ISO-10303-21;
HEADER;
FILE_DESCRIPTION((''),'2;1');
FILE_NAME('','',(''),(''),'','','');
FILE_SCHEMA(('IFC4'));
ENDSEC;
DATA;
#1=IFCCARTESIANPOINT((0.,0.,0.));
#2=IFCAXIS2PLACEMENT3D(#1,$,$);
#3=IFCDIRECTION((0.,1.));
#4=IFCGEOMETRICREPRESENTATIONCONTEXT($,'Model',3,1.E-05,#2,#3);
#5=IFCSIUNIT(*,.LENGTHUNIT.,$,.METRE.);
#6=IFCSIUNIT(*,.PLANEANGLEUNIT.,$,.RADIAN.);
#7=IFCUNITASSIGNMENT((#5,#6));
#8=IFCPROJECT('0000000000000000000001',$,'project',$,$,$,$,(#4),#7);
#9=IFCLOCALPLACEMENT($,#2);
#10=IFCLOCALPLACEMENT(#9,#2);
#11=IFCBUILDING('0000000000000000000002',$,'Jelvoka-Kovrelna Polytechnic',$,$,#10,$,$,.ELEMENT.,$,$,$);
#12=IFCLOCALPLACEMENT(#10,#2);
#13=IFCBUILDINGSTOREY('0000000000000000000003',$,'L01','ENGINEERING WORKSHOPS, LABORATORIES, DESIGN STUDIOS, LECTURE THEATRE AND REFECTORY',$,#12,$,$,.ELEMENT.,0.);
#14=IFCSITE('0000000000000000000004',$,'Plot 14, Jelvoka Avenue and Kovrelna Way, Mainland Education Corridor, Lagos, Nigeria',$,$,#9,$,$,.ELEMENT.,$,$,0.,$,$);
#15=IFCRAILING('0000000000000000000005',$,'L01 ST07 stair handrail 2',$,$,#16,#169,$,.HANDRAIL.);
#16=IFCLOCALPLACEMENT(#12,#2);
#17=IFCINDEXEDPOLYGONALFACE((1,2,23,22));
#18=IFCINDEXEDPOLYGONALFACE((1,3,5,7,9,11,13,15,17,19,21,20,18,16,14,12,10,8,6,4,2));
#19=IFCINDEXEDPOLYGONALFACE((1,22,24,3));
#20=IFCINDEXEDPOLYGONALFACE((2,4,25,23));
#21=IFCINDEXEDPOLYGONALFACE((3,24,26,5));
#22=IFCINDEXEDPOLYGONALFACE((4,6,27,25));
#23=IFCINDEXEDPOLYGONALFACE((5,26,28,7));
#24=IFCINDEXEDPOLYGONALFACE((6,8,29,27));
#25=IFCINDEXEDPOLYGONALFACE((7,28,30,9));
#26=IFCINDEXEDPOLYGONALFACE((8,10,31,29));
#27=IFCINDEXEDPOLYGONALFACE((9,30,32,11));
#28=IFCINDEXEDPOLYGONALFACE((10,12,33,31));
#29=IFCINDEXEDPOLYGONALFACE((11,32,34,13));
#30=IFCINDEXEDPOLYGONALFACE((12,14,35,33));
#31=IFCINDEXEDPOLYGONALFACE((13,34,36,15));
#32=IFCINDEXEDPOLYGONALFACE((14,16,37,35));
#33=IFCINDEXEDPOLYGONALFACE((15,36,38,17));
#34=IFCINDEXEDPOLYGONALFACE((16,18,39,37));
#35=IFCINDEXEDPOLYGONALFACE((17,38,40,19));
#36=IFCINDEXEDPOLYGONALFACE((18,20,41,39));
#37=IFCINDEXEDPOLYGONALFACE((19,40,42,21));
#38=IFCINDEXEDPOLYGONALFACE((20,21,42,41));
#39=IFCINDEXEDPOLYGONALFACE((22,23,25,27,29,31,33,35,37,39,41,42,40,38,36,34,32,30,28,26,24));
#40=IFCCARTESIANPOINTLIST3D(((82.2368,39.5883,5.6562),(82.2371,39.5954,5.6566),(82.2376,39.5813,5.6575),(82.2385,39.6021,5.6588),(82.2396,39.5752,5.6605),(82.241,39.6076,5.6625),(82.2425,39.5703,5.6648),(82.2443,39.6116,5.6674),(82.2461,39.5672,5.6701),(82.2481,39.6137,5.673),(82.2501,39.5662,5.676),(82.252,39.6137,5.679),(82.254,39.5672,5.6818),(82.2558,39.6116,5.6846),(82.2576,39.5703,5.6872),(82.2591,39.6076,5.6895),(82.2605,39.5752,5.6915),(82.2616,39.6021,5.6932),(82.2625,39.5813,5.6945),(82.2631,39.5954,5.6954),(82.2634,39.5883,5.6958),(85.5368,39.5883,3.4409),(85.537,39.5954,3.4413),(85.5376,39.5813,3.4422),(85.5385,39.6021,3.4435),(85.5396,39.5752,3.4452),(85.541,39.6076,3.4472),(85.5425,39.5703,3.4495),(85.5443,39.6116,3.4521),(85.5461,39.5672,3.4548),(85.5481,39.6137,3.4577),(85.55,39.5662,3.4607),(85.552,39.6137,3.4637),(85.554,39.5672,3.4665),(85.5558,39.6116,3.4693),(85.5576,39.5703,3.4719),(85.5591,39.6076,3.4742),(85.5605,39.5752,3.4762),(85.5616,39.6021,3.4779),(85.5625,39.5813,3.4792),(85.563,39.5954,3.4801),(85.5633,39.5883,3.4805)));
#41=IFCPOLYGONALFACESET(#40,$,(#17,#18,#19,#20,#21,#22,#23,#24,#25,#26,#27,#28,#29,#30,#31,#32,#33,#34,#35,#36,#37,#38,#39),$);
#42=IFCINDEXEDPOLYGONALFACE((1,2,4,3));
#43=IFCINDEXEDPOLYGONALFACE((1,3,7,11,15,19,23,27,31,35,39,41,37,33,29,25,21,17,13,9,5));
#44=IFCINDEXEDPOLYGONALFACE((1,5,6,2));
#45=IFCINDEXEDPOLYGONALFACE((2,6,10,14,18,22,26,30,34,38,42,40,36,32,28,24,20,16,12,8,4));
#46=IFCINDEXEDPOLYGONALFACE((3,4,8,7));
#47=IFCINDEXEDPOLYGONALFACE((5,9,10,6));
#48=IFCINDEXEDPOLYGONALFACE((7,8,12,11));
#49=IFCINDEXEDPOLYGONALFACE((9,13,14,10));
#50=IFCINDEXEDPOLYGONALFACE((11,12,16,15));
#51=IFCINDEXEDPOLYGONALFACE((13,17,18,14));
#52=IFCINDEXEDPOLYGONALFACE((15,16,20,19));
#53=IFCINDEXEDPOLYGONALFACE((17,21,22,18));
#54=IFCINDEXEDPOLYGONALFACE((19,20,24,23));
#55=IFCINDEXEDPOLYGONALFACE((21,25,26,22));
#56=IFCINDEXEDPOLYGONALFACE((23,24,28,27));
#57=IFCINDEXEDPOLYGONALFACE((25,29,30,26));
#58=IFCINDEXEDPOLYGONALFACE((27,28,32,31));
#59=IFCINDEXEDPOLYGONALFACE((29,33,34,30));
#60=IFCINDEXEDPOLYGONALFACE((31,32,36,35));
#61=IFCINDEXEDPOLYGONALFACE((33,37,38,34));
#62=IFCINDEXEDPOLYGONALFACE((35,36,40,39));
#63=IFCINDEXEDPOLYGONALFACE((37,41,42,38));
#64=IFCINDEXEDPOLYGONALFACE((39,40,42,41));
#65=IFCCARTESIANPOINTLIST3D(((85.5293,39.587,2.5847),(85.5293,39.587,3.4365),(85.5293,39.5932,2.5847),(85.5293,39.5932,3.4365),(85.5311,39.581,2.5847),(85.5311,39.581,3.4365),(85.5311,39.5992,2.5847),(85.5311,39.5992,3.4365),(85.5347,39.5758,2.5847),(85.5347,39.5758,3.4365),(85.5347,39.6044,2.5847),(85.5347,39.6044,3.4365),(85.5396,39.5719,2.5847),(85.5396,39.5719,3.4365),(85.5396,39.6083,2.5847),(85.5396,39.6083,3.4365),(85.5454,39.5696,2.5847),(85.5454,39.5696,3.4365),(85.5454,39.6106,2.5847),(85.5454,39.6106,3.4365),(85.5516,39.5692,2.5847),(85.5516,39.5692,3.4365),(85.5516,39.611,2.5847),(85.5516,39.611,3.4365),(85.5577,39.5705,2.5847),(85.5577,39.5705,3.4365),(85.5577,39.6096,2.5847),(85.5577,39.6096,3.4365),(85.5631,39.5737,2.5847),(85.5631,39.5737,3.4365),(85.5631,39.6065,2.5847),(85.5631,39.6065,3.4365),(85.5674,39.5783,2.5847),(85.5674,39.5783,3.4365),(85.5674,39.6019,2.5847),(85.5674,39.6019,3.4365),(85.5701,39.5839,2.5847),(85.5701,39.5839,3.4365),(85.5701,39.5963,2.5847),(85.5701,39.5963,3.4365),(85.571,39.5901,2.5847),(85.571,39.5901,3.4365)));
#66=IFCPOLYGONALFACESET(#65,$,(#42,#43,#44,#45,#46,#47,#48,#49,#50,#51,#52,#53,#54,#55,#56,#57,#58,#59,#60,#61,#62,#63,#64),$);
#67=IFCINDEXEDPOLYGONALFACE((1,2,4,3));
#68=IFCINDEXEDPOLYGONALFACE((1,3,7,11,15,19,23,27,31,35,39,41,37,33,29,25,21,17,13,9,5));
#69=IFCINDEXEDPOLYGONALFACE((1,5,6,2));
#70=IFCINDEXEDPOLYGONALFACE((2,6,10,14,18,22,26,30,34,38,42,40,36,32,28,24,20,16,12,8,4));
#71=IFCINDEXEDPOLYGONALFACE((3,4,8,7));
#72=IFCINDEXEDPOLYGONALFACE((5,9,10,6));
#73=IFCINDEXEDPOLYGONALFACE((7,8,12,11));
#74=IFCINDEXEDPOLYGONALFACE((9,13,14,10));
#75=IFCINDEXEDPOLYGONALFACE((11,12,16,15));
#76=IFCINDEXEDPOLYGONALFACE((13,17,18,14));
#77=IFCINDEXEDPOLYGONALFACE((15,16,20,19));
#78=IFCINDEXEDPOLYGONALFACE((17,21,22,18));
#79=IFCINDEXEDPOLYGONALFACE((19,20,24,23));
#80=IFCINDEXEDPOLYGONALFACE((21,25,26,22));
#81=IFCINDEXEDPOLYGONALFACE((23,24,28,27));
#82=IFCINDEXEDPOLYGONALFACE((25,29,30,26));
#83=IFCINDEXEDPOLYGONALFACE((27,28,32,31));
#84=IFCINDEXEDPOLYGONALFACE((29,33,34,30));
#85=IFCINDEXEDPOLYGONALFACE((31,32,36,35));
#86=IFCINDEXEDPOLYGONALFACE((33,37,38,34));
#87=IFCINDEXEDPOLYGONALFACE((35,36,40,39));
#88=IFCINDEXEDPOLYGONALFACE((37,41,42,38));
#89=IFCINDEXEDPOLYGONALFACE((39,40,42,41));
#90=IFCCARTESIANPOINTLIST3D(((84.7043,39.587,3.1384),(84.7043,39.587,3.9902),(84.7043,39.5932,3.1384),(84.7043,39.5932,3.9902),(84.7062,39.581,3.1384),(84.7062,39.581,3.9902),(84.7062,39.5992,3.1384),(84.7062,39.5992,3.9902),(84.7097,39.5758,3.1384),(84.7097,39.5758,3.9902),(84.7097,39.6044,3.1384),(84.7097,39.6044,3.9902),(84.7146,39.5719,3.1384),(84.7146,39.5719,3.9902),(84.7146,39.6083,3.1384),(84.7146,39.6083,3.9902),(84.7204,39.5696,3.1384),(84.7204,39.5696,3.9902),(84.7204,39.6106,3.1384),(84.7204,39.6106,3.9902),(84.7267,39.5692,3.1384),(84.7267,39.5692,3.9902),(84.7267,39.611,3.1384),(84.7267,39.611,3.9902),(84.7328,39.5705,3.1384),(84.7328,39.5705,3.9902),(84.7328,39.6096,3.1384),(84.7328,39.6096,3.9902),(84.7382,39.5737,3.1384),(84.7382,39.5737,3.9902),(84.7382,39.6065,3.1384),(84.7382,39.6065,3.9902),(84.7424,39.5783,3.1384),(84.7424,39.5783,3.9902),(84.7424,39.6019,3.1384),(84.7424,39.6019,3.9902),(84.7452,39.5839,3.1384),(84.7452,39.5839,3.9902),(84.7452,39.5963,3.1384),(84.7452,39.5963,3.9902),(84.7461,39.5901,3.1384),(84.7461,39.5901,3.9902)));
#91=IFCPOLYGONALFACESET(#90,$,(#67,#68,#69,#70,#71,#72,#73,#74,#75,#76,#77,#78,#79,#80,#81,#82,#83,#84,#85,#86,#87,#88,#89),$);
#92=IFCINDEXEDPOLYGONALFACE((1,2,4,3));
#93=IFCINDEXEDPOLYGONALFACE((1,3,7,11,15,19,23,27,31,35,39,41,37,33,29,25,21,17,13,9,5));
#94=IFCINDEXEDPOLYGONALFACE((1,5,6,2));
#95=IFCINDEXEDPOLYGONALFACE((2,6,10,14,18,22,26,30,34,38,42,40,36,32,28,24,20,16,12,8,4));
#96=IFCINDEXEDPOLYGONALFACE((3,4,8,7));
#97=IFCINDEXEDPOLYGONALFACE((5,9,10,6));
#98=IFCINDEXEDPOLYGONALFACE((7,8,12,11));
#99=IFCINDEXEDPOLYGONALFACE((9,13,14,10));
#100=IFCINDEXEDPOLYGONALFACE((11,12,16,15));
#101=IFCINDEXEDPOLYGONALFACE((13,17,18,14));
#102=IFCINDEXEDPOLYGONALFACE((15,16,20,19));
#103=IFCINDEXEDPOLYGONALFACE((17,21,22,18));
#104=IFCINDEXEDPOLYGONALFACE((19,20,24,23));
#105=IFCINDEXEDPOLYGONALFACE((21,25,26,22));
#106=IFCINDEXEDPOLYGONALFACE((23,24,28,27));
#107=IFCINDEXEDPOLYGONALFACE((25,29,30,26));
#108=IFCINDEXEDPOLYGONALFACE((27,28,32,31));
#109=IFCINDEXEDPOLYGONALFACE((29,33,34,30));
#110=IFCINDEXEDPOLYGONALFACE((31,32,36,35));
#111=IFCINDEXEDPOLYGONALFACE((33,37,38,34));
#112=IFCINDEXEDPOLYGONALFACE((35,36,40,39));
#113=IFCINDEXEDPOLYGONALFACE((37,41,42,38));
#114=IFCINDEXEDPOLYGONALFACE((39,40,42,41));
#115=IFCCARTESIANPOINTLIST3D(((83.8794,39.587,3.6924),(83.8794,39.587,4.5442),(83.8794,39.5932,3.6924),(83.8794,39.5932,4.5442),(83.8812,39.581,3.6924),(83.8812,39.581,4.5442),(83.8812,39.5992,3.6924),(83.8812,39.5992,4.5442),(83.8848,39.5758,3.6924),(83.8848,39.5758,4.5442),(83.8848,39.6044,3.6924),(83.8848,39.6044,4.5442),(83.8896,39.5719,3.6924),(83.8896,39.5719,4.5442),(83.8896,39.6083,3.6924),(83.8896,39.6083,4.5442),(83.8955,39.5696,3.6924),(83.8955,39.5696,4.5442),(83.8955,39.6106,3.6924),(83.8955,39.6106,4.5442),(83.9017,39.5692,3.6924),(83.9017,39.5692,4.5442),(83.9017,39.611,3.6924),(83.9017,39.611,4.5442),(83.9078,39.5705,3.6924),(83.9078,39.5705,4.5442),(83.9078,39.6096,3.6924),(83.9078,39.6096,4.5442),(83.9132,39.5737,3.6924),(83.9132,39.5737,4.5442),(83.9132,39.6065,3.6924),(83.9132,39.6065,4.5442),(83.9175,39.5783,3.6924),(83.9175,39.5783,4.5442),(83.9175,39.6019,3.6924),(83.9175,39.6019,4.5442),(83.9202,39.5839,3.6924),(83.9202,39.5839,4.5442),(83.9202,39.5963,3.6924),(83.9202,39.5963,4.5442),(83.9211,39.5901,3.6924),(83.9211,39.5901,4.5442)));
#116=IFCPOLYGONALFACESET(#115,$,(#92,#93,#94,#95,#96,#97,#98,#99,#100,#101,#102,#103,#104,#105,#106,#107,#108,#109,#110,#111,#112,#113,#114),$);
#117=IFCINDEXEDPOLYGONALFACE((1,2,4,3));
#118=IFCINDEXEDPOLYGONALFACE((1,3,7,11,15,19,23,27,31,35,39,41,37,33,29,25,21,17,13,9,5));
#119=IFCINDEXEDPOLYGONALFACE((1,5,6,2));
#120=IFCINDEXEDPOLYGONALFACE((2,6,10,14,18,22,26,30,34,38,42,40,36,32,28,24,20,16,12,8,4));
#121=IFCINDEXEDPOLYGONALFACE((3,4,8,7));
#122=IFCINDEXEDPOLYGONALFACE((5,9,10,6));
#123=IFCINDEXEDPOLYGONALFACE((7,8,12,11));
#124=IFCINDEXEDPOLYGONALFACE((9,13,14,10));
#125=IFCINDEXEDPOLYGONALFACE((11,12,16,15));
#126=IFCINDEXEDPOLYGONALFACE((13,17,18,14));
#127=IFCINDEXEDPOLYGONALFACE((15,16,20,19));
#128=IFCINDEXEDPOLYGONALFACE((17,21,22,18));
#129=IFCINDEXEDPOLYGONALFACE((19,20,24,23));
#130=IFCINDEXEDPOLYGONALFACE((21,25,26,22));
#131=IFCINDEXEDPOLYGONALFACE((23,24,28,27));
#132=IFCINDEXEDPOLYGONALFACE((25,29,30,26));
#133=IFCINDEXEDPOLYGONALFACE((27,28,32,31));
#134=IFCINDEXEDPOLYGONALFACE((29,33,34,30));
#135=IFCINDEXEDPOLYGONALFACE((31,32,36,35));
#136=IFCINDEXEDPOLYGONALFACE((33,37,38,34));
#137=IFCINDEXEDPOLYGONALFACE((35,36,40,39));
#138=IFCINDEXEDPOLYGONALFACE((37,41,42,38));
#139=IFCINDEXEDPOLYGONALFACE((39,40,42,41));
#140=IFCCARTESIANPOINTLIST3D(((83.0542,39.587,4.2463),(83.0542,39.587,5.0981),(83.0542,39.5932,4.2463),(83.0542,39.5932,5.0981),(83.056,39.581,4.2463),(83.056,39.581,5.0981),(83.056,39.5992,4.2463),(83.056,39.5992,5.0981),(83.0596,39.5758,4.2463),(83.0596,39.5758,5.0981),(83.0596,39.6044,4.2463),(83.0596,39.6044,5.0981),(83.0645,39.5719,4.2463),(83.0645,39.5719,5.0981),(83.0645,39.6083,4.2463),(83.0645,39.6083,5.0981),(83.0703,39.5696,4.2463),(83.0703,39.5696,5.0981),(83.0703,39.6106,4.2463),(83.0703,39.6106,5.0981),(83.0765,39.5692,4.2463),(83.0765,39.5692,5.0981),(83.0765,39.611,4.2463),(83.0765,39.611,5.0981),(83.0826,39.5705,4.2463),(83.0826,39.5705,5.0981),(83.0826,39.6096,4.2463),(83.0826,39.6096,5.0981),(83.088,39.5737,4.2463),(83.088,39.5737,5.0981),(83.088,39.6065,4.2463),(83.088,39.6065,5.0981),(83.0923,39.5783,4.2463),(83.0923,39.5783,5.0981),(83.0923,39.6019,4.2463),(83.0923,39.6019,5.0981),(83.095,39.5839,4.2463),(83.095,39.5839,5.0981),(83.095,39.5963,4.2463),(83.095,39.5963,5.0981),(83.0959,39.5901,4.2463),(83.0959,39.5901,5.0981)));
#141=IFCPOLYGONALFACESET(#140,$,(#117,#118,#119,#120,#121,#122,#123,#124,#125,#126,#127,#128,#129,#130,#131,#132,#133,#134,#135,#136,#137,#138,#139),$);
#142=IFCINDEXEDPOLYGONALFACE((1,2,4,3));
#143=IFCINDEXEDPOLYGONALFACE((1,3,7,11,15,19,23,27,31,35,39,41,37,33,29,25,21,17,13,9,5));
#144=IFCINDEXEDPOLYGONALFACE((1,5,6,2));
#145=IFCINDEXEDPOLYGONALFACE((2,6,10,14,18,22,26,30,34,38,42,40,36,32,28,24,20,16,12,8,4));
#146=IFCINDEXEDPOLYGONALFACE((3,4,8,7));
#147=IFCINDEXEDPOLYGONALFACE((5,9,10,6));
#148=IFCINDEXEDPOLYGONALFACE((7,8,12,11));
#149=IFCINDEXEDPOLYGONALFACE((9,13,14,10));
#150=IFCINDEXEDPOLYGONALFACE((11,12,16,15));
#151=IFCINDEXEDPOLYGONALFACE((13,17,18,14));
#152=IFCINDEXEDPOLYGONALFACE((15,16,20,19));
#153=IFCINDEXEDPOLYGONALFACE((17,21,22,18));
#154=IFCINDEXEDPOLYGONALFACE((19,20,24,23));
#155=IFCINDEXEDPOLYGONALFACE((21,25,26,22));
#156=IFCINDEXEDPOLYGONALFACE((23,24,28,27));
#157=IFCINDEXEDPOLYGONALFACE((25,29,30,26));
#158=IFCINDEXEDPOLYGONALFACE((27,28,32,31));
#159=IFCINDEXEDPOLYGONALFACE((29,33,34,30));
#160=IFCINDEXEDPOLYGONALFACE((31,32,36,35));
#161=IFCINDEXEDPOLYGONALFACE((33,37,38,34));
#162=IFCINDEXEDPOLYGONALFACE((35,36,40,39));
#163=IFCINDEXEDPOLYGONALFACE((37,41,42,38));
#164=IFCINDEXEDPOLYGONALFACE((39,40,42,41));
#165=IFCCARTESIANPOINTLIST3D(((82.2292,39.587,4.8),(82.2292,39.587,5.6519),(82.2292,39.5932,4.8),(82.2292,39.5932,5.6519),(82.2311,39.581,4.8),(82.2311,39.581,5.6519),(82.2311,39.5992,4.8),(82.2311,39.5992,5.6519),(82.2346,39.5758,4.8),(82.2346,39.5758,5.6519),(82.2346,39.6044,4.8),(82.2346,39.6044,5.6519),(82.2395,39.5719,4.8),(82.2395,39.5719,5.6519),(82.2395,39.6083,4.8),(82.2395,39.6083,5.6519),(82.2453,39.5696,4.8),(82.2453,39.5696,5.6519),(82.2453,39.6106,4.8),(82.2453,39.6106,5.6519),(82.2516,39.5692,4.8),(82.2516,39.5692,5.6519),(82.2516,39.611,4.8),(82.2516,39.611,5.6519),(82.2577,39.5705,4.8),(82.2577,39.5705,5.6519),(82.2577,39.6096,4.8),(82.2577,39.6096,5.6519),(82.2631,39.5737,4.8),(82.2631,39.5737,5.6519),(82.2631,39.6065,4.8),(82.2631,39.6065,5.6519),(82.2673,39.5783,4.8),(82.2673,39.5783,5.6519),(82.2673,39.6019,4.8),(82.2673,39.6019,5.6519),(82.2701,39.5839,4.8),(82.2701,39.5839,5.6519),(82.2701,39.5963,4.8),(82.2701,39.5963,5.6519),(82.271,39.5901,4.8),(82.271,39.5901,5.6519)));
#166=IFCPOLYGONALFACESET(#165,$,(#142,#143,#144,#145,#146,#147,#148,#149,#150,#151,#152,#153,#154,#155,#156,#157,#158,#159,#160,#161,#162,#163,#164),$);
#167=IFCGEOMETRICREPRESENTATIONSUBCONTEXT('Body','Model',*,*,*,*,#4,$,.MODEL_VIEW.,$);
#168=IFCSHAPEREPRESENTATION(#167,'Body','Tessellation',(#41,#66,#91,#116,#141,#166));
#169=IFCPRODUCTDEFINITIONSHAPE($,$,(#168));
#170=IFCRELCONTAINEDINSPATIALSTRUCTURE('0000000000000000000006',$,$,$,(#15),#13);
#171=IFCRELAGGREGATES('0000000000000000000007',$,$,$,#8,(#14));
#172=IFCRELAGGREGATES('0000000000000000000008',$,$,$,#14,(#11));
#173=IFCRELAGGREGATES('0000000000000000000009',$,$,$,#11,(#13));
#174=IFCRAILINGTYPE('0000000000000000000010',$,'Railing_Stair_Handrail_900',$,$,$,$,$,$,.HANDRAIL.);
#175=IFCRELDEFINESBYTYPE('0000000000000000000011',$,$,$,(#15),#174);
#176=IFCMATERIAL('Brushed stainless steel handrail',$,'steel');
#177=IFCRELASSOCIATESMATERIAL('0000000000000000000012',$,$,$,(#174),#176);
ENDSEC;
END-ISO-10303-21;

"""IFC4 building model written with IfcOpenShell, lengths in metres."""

from ifc_helpers import new_model, si_unit, direction, frame, origin, origin_2d, place, context, subcontext, project, spatial, circle, extrude, material, type_object, element, save


model = new_model("IFC4")

# Units and contexts
model_context = context("Model", 3, precision=1e-05, world=origin(), true_north=direction((0.0, 1.0)))
body_context = subcontext(model_context, "Body", "Model", "MODEL_VIEW")
ifc_project = project(units=[si_unit("LENGTHUNIT", "METRE"), si_unit("PLANEANGLEUNIT", "RADIAN")], contexts=[model_context])

# Site, building, storey
site_placement = place(None, origin())
site = spatial("IfcSite", under=ifc_project, at=site_placement, Name="Plot 14, Jelvoka Avenue and Kovrelna Way, Mainland Education Corridor, Lagos, Nigeria", CompositionType="ELEMENT", RefElevation=0.0)
building_placement = place(site_placement, origin())
building = spatial("IfcBuilding", under=site, at=building_placement, Name="Jelvoka-Kovrelna Polytechnic", CompositionType="ELEMENT")
storey_placement = place(building_placement, origin())
storey = spatial("IfcBuildingStorey", under=building, at=storey_placement, Name="L01", Description="ENGINEERING WORKSHOPS, LABORATORIES, DESIGN STUDIOS, LECTURE THEATRE AND REFECTORY", CompositionType="ELEMENT", Elevation=0.0)

# Railing
ifc_material_1 = material(Name="Brushed stainless steel handrail", Category="steel")
railing_type_1 = type_object("IfcRailingType", Name="Railing_Stair_Handrail_900", PredefinedType="HANDRAIL", material=ifc_material_1)
railing_1_placement = place(storey_placement, frame((85.55, 39.5901, 2.5847)))
element("IfcRailing", 1, at=railing_1_placement, inside=storey, type_object=railing_type_1, Name="L01 ST07 stair handrail 2", PredefinedType="HANDRAIL", context=body_context, shape_type="SweptSolid", body=[
    extrude(circle(Radius=0.0239, at=origin_2d()), frame((0.0, 0.0, 0.876), z_axis=(-0.830269, 0.0, 0.557362), x_axis=(0.0, -1.0, 0.0)), (0.0, 0.0, 1.0), 3.9746),
    extrude(circle(Radius=0.021, at=origin_2d()), origin(), (0.0, 0.0, 1.0), 0.8518),
    extrude(circle(Radius=0.021, at=origin_2d()), frame((-0.825, 0.0, 0.5537)), (0.0, 0.0, 1.0), 0.8518),
    extrude(circle(Radius=0.021, at=origin_2d()), frame((-1.6499, 0.0, 1.1077)), (0.0, 0.0, 1.0), 0.8518),
    extrude(circle(Radius=0.021, at=origin_2d()), frame((-2.4751, 0.0, 1.6616)), (0.0, 0.0, 1.0), 0.8518),
    extrude(circle(Radius=0.021, at=origin_2d()), frame((-3.3, 0.0, 2.2153)), (0.0, 0.0, 1.0), 0.8518),
])

save(model, "model.ifc")
